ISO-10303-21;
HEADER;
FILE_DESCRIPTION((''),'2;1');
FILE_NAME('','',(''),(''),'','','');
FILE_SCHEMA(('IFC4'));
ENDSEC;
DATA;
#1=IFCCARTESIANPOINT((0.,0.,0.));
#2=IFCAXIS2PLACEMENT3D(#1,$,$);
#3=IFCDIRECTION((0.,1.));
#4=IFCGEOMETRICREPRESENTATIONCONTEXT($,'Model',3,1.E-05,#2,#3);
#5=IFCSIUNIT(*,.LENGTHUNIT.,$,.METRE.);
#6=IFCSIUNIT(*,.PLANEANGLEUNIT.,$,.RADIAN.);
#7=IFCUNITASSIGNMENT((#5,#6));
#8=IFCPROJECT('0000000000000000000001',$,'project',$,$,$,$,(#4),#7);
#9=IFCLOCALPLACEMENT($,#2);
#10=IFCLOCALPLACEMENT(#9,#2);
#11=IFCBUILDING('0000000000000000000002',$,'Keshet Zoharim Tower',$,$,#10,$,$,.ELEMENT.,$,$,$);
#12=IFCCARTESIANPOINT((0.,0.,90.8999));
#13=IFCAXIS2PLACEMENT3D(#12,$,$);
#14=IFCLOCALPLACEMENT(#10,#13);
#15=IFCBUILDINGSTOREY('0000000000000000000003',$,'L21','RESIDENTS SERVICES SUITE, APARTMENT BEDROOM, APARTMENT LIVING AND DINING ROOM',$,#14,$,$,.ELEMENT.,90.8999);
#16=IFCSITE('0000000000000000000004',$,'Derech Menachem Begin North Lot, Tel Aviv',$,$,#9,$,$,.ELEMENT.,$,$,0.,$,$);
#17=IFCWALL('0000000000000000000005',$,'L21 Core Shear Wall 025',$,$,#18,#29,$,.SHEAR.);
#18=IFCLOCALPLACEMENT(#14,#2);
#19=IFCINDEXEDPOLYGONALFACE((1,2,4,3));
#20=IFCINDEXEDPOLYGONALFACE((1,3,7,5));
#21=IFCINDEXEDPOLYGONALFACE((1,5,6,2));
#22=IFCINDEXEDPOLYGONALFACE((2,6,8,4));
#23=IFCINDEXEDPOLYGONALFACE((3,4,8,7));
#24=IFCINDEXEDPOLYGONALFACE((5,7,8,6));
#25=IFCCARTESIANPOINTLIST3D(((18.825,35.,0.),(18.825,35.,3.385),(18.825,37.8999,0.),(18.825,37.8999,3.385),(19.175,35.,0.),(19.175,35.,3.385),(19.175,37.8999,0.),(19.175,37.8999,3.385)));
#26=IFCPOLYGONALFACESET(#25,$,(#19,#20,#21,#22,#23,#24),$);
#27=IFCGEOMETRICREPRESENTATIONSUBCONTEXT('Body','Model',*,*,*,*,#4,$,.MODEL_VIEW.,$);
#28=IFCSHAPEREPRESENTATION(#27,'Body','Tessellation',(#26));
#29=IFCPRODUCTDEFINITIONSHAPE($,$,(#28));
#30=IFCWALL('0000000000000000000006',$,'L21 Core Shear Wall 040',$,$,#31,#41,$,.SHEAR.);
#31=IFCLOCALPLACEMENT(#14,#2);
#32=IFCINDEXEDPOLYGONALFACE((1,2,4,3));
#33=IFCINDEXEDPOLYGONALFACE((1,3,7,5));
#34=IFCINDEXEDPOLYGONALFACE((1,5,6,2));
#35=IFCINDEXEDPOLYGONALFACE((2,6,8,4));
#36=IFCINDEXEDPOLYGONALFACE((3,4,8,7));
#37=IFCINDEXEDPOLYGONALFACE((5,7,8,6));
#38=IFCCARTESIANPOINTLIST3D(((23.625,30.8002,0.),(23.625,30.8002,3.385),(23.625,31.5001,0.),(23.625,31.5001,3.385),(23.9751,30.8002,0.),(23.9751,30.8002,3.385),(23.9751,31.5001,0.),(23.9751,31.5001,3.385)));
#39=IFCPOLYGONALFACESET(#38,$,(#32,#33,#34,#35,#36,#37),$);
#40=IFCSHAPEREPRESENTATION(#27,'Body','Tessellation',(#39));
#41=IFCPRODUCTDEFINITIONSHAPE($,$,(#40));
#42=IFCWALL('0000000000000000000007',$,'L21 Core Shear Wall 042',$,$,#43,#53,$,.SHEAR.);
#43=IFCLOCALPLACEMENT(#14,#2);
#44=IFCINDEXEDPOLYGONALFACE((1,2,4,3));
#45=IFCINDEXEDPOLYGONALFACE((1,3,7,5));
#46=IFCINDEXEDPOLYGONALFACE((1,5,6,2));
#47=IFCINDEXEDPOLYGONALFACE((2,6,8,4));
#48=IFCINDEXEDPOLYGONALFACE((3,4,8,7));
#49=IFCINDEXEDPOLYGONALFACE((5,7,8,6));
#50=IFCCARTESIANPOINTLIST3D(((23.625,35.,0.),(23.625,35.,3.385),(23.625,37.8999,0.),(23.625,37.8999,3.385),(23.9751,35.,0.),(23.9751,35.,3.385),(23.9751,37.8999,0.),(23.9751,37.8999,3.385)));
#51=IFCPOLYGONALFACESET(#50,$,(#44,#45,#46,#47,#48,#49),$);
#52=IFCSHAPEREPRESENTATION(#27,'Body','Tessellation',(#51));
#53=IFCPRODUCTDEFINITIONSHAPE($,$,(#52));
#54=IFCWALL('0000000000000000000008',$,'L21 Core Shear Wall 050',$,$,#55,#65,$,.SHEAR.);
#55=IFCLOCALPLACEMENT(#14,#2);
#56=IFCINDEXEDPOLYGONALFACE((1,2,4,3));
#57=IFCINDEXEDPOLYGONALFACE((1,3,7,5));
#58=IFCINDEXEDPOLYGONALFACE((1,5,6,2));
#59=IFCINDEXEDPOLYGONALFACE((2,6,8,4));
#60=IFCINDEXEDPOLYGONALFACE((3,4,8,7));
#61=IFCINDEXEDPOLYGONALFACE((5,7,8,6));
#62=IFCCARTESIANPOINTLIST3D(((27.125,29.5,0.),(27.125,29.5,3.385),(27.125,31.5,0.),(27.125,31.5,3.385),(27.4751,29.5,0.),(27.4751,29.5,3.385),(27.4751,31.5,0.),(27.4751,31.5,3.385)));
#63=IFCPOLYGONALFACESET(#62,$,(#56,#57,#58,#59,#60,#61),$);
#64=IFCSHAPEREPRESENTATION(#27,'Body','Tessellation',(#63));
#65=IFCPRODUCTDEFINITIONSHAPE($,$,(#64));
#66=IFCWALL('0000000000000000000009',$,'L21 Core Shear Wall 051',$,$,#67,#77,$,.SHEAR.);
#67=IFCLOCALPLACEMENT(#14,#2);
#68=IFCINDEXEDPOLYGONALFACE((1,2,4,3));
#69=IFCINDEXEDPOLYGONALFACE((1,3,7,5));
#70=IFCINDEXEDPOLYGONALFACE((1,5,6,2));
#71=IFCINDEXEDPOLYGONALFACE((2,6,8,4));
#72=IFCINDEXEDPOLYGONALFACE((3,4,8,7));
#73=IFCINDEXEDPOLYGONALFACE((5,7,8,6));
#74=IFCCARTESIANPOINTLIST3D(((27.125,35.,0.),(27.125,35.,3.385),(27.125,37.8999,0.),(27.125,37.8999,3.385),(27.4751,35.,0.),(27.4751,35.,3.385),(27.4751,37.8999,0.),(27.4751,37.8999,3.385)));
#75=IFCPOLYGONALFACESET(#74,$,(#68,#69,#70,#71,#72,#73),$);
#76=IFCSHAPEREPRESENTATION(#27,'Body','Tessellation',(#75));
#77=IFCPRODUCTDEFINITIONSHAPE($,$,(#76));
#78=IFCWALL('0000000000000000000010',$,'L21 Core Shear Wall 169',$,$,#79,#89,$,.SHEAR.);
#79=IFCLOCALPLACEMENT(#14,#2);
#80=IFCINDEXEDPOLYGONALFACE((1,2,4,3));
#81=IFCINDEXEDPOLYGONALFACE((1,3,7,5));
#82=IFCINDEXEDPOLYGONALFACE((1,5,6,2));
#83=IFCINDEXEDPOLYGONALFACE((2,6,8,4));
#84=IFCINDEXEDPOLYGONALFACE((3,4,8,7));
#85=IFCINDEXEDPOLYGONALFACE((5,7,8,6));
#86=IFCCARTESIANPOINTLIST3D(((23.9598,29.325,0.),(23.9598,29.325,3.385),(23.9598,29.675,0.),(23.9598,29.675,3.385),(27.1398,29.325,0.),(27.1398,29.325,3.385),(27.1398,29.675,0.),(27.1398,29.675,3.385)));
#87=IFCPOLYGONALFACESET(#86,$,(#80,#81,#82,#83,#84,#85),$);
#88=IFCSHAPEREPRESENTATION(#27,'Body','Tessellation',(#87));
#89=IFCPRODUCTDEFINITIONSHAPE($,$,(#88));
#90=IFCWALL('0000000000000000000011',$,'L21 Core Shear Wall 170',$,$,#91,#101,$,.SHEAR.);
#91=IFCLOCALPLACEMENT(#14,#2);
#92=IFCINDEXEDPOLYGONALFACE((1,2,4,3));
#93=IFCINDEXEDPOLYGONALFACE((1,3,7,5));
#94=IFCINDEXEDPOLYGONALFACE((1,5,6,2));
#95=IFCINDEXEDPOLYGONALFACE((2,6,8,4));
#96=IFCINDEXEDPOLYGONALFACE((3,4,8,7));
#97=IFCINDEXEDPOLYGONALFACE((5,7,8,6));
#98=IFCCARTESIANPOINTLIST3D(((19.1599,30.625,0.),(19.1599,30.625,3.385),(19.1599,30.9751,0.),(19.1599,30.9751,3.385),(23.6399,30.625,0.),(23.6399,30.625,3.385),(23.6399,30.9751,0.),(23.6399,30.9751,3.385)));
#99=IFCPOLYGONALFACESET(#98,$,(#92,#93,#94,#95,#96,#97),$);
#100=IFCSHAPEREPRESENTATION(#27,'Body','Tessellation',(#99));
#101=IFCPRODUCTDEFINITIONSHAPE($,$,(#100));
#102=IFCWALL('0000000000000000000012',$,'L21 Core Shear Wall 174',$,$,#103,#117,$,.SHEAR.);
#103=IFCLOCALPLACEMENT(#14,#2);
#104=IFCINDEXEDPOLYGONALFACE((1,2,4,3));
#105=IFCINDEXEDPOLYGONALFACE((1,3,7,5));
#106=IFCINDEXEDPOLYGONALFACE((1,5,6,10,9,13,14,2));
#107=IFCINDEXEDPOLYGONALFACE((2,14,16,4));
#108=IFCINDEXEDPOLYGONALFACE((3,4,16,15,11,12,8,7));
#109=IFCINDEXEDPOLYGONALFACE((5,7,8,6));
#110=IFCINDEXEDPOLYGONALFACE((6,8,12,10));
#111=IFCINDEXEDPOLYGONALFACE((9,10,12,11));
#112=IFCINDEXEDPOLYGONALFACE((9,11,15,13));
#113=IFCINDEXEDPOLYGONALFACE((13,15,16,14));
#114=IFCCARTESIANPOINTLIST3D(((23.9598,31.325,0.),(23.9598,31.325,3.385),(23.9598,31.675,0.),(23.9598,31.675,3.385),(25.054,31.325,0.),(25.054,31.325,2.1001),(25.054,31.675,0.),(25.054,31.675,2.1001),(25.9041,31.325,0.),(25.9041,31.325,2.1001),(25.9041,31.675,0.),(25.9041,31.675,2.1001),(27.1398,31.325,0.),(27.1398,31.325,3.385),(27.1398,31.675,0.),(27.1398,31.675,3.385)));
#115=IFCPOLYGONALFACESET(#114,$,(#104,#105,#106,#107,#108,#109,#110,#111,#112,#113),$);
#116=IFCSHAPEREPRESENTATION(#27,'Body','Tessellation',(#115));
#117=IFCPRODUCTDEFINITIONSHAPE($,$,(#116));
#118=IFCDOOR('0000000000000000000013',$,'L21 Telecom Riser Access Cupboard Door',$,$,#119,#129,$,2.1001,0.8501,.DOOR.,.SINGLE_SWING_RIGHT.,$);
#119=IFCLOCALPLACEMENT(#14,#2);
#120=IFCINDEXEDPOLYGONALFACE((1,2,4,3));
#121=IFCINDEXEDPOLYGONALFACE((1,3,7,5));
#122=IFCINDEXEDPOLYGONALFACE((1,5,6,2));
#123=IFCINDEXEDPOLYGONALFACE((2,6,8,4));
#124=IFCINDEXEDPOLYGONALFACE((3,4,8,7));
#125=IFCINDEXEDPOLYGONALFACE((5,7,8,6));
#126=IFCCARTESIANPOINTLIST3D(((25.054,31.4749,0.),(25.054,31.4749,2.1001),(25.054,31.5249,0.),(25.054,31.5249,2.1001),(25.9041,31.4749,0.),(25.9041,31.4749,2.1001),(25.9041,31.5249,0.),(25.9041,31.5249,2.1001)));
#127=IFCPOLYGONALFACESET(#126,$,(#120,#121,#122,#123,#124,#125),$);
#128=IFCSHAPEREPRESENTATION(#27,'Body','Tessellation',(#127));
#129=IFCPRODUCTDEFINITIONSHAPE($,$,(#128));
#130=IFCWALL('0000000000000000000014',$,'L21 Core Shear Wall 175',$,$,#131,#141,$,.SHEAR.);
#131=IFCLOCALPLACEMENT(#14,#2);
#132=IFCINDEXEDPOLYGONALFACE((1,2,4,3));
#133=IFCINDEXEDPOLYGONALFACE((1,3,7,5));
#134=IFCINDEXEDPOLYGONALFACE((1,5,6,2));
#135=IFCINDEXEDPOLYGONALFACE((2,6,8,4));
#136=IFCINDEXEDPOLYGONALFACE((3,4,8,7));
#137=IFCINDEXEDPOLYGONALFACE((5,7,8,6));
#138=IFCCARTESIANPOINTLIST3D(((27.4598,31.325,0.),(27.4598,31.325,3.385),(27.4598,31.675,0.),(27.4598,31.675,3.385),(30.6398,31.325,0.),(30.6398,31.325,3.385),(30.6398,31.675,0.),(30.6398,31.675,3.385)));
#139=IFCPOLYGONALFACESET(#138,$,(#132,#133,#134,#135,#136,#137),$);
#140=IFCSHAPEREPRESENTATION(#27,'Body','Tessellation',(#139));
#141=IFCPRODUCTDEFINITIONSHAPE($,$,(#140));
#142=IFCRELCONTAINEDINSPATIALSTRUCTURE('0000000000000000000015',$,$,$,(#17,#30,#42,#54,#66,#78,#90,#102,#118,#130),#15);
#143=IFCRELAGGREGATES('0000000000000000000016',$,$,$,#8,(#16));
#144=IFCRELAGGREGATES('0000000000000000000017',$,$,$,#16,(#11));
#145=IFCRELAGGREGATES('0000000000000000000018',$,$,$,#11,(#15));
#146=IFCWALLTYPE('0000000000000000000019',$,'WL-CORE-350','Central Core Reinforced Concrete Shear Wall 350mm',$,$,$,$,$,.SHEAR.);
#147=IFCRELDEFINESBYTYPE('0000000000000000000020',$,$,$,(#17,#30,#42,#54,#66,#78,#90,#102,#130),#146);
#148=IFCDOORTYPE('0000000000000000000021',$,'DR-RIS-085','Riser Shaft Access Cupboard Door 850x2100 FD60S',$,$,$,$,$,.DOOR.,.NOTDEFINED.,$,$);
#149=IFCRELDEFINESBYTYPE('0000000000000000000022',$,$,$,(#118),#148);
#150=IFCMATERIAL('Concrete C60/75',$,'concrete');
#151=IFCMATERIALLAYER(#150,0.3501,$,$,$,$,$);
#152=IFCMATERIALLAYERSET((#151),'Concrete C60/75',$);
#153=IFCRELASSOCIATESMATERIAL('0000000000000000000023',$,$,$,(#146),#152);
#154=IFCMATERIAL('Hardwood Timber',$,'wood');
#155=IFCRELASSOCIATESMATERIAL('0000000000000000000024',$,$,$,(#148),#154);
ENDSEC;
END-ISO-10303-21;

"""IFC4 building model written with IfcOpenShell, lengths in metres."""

from ifc_helpers import new_model, si_unit, direction, frame, frame_2d, origin, place, context, subcontext, project, spatial, rectangle, extrude, material, layer, layer_set, type_object, element, fill, save


model = new_model("IFC4")

# Units and contexts
model_context = context("Model", 3, precision=1e-05, world=origin(), true_north=direction((0.0, 1.0)))
body_context = subcontext(model_context, "Body", "Model", "MODEL_VIEW")
ifc_project = project(units=[si_unit("LENGTHUNIT", "METRE"), si_unit("PLANEANGLEUNIT", "RADIAN")], contexts=[model_context])

# Site, building, storey
site_placement = place(None, origin())
site = spatial("IfcSite", under=ifc_project, at=site_placement, Name="Derech Menachem Begin North Lot, Tel Aviv", CompositionType="ELEMENT", RefElevation=0.0)
building_placement = place(site_placement, origin())
building = spatial("IfcBuilding", under=site, at=building_placement, Name="Keshet Zoharim Tower", CompositionType="ELEMENT")
storey_placement = place(building_placement, frame((0.0, 0.0, 90.8999)))
storey = spatial("IfcBuildingStorey", under=building, at=storey_placement, Name="L21", Description="RESIDENTS SERVICES SUITE, APARTMENT BEDROOM, APARTMENT LIVING AND DINING ROOM", CompositionType="ELEMENT", Elevation=90.8999)

# Walls
ifc_material_1 = material(Name="Concrete C60/75", Category="concrete")
ifc_layer_1 = layer(ifc_material_1, 0.3501)
ifc_layer_set_1 = layer_set([ifc_layer_1], Name="Concrete C60/75")
wall_type_1 = type_object("IfcWallType", Name="WL-CORE-350", Description="Central Core Reinforced Concrete Shear Wall 350mm", PredefinedType="SHEAR", material=ifc_layer_set_1)
wall_1_placement = place(storey_placement, frame((19.0, 35.0, 0.0), z_axis=(0.0, 0.0, 1.0), x_axis=(0.0, 1.0, 0.0)))
element("IfcWall", 1, at=wall_1_placement, inside=storey, type_object=wall_type_1, Name="L21 Core Shear Wall 025", PredefinedType="SHEAR", context=body_context, shape_type="SweptSolid", body=[
    extrude(rectangle(XDim=2.8999, YDim=0.3501, at=frame_2d((1.45, 0.0))), origin(), (0.0, 0.0, 1.0), 3.385),
])
wall_2_placement = place(storey_placement, frame((23.8, 30.8, 0.0), z_axis=(0.0, 0.0, 1.0), x_axis=(0.0, 1.0, 0.0)))
element("IfcWall", 2, at=wall_2_placement, inside=storey, type_object=wall_type_1, Name="L21 Core Shear Wall 040", PredefinedType="SHEAR", context=body_context, shape_type="SweptSolid", body=[
    extrude(rectangle(XDim=0.7, YDim=0.3501, at=frame_2d((0.3501, 0.0))), origin(), (0.0, 0.0, 1.0), 3.385),
])

# Shared definitions
ifc_material_2 = material(Name="Hardwood Timber", Category="wood")

# Walls
wall_3_placement = place(storey_placement, frame((23.8, 35.0, 0.0), z_axis=(0.0, 0.0, 1.0), x_axis=(0.0, 1.0, 0.0)))
element("IfcWall", 3, at=wall_3_placement, inside=storey, type_object=wall_type_1, Name="L21 Core Shear Wall 042", PredefinedType="SHEAR", context=body_context, shape_type="SweptSolid", body=[
    extrude(rectangle(XDim=2.8999, YDim=0.3501, at=frame_2d((1.45, 0.0))), origin(), (0.0, 0.0, 1.0), 3.385),
])
wall_4_placement = place(storey_placement, frame((27.3, 29.5, 0.0), z_axis=(0.0, 0.0, 1.0), x_axis=(0.0, 1.0, 0.0)))
element("IfcWall", 4, at=wall_4_placement, inside=storey, type_object=wall_type_1, Name="L21 Core Shear Wall 050", PredefinedType="SHEAR", context=body_context, shape_type="SweptSolid", body=[
    extrude(rectangle(XDim=2.0, YDim=0.3501, at=frame_2d((1.0, 0.0))), origin(), (0.0, 0.0, 1.0), 3.385),
])
wall_5_placement = place(storey_placement, frame((27.3, 35.0, 0.0), z_axis=(0.0, 0.0, 1.0), x_axis=(0.0, 1.0, 0.0)))
element("IfcWall", 5, at=wall_5_placement, inside=storey, type_object=wall_type_1, Name="L21 Core Shear Wall 051", PredefinedType="SHEAR", context=body_context, shape_type="SweptSolid", body=[
    extrude(rectangle(XDim=2.8999, YDim=0.3501, at=frame_2d((1.45, 0.0))), origin(), (0.0, 0.0, 1.0), 3.385),
])
wall_6_placement = place(storey_placement, frame((23.96, 29.5, 0.0), z_axis=(0.0, 0.0, 1.0), x_axis=(1.0, 0.0, 0.0)))
element("IfcWall", 6, at=wall_6_placement, inside=storey, type_object=wall_type_1, Name="L21 Core Shear Wall 169", PredefinedType="SHEAR", context=body_context, shape_type="SweptSolid", body=[
    extrude(rectangle(XDim=3.1799, YDim=0.3501, at=frame_2d((1.5898, 0.0))), origin(), (0.0, 0.0, 1.0), 3.385),
])
wall_7_placement = place(storey_placement, frame((19.1599, 30.8, 0.0), z_axis=(0.0, 0.0, 1.0), x_axis=(1.0, 0.0, 0.0)))
element("IfcWall", 7, at=wall_7_placement, inside=storey, type_object=wall_type_1, Name="L21 Core Shear Wall 170", PredefinedType="SHEAR", context=body_context, shape_type="SweptSolid", body=[
    extrude(rectangle(XDim=4.48, YDim=0.3501, at=frame_2d((2.24, 0.0))), origin(), (0.0, 0.0, 1.0), 3.385),
])

# Wall, opening, door
wall_8_placement = place(storey_placement, frame((23.96, 31.5, 0.0), z_axis=(0.0, 0.0, 1.0), x_axis=(1.0, 0.0, 0.0)))
wall_8 = element("IfcWall", 8, at=wall_8_placement, inside=storey, type_object=wall_type_1, Name="L21 Core Shear Wall 174", PredefinedType="SHEAR", context=body_context, shape_type="SweptSolid", body=[
    extrude(rectangle(XDim=3.1799, YDim=0.3501, at=frame_2d((1.5898, 0.0))), origin(), (0.0, 0.0, 1.0), 3.385),
])
opening_1_placement = place(wall_8_placement, frame((1.094, 0.0, 0.0)))
opening_1 = element("IfcOpeningElement", 9, at=opening_1_placement, cuts=wall_8, PredefinedType="OPENING", context=body_context, shape_type="SweptSolid", body=[
    extrude(rectangle(XDim=0.8501, YDim=2.1001, at=frame_2d((0.425, 1.05))), frame((0.0, 0.1851, 0.0), z_axis=(0.0, -1.0, 0.0), x_axis=(1.0, 0.0, 0.0)), (0.0, 0.0, 1.0), 0.3701),
])
door_type_1 = type_object("IfcDoorType", Name="DR-RIS-085", Description="Riser Shaft Access Cupboard Door 850x2100 FD60S", OperationType="NOTDEFINED", PredefinedType="DOOR", material=ifc_material_2)
door_1_placement = place(opening_1_placement, origin())
door_1 = element("IfcDoor", 10, at=door_1_placement, inside=storey, type_object=door_type_1, Name="L21 Telecom Riser Access Cupboard Door", OperationType="SINGLE_SWING_RIGHT", OverallHeight=2.1001, OverallWidth=0.8501, PredefinedType="DOOR", context=body_context, shape_type="SweptSolid", body=[
    extrude(rectangle(XDim=0.8501, YDim=2.1001, at=frame_2d((0.425, 1.05))), frame((0.0, 0.0249, 0.0), z_axis=(0.0, -1.0, 0.0), x_axis=(1.0, 0.0, 0.0)), (0.0, 0.0, 1.0), 0.05),
])
fill(opening_1, door_1)

# Wall
wall_9_placement = place(storey_placement, frame((27.46, 31.5, 0.0), z_axis=(0.0, 0.0, 1.0), x_axis=(1.0, 0.0, 0.0)))
element("IfcWall", 11, at=wall_9_placement, inside=storey, type_object=wall_type_1, Name="L21 Core Shear Wall 175", PredefinedType="SHEAR", context=body_context, shape_type="SweptSolid", body=[
    extrude(rectangle(XDim=3.1799, YDim=0.3501, at=frame_2d((1.5898, 0.0))), origin(), (0.0, 0.0, 1.0), 3.385),
])

save(model, "model.ifc")
